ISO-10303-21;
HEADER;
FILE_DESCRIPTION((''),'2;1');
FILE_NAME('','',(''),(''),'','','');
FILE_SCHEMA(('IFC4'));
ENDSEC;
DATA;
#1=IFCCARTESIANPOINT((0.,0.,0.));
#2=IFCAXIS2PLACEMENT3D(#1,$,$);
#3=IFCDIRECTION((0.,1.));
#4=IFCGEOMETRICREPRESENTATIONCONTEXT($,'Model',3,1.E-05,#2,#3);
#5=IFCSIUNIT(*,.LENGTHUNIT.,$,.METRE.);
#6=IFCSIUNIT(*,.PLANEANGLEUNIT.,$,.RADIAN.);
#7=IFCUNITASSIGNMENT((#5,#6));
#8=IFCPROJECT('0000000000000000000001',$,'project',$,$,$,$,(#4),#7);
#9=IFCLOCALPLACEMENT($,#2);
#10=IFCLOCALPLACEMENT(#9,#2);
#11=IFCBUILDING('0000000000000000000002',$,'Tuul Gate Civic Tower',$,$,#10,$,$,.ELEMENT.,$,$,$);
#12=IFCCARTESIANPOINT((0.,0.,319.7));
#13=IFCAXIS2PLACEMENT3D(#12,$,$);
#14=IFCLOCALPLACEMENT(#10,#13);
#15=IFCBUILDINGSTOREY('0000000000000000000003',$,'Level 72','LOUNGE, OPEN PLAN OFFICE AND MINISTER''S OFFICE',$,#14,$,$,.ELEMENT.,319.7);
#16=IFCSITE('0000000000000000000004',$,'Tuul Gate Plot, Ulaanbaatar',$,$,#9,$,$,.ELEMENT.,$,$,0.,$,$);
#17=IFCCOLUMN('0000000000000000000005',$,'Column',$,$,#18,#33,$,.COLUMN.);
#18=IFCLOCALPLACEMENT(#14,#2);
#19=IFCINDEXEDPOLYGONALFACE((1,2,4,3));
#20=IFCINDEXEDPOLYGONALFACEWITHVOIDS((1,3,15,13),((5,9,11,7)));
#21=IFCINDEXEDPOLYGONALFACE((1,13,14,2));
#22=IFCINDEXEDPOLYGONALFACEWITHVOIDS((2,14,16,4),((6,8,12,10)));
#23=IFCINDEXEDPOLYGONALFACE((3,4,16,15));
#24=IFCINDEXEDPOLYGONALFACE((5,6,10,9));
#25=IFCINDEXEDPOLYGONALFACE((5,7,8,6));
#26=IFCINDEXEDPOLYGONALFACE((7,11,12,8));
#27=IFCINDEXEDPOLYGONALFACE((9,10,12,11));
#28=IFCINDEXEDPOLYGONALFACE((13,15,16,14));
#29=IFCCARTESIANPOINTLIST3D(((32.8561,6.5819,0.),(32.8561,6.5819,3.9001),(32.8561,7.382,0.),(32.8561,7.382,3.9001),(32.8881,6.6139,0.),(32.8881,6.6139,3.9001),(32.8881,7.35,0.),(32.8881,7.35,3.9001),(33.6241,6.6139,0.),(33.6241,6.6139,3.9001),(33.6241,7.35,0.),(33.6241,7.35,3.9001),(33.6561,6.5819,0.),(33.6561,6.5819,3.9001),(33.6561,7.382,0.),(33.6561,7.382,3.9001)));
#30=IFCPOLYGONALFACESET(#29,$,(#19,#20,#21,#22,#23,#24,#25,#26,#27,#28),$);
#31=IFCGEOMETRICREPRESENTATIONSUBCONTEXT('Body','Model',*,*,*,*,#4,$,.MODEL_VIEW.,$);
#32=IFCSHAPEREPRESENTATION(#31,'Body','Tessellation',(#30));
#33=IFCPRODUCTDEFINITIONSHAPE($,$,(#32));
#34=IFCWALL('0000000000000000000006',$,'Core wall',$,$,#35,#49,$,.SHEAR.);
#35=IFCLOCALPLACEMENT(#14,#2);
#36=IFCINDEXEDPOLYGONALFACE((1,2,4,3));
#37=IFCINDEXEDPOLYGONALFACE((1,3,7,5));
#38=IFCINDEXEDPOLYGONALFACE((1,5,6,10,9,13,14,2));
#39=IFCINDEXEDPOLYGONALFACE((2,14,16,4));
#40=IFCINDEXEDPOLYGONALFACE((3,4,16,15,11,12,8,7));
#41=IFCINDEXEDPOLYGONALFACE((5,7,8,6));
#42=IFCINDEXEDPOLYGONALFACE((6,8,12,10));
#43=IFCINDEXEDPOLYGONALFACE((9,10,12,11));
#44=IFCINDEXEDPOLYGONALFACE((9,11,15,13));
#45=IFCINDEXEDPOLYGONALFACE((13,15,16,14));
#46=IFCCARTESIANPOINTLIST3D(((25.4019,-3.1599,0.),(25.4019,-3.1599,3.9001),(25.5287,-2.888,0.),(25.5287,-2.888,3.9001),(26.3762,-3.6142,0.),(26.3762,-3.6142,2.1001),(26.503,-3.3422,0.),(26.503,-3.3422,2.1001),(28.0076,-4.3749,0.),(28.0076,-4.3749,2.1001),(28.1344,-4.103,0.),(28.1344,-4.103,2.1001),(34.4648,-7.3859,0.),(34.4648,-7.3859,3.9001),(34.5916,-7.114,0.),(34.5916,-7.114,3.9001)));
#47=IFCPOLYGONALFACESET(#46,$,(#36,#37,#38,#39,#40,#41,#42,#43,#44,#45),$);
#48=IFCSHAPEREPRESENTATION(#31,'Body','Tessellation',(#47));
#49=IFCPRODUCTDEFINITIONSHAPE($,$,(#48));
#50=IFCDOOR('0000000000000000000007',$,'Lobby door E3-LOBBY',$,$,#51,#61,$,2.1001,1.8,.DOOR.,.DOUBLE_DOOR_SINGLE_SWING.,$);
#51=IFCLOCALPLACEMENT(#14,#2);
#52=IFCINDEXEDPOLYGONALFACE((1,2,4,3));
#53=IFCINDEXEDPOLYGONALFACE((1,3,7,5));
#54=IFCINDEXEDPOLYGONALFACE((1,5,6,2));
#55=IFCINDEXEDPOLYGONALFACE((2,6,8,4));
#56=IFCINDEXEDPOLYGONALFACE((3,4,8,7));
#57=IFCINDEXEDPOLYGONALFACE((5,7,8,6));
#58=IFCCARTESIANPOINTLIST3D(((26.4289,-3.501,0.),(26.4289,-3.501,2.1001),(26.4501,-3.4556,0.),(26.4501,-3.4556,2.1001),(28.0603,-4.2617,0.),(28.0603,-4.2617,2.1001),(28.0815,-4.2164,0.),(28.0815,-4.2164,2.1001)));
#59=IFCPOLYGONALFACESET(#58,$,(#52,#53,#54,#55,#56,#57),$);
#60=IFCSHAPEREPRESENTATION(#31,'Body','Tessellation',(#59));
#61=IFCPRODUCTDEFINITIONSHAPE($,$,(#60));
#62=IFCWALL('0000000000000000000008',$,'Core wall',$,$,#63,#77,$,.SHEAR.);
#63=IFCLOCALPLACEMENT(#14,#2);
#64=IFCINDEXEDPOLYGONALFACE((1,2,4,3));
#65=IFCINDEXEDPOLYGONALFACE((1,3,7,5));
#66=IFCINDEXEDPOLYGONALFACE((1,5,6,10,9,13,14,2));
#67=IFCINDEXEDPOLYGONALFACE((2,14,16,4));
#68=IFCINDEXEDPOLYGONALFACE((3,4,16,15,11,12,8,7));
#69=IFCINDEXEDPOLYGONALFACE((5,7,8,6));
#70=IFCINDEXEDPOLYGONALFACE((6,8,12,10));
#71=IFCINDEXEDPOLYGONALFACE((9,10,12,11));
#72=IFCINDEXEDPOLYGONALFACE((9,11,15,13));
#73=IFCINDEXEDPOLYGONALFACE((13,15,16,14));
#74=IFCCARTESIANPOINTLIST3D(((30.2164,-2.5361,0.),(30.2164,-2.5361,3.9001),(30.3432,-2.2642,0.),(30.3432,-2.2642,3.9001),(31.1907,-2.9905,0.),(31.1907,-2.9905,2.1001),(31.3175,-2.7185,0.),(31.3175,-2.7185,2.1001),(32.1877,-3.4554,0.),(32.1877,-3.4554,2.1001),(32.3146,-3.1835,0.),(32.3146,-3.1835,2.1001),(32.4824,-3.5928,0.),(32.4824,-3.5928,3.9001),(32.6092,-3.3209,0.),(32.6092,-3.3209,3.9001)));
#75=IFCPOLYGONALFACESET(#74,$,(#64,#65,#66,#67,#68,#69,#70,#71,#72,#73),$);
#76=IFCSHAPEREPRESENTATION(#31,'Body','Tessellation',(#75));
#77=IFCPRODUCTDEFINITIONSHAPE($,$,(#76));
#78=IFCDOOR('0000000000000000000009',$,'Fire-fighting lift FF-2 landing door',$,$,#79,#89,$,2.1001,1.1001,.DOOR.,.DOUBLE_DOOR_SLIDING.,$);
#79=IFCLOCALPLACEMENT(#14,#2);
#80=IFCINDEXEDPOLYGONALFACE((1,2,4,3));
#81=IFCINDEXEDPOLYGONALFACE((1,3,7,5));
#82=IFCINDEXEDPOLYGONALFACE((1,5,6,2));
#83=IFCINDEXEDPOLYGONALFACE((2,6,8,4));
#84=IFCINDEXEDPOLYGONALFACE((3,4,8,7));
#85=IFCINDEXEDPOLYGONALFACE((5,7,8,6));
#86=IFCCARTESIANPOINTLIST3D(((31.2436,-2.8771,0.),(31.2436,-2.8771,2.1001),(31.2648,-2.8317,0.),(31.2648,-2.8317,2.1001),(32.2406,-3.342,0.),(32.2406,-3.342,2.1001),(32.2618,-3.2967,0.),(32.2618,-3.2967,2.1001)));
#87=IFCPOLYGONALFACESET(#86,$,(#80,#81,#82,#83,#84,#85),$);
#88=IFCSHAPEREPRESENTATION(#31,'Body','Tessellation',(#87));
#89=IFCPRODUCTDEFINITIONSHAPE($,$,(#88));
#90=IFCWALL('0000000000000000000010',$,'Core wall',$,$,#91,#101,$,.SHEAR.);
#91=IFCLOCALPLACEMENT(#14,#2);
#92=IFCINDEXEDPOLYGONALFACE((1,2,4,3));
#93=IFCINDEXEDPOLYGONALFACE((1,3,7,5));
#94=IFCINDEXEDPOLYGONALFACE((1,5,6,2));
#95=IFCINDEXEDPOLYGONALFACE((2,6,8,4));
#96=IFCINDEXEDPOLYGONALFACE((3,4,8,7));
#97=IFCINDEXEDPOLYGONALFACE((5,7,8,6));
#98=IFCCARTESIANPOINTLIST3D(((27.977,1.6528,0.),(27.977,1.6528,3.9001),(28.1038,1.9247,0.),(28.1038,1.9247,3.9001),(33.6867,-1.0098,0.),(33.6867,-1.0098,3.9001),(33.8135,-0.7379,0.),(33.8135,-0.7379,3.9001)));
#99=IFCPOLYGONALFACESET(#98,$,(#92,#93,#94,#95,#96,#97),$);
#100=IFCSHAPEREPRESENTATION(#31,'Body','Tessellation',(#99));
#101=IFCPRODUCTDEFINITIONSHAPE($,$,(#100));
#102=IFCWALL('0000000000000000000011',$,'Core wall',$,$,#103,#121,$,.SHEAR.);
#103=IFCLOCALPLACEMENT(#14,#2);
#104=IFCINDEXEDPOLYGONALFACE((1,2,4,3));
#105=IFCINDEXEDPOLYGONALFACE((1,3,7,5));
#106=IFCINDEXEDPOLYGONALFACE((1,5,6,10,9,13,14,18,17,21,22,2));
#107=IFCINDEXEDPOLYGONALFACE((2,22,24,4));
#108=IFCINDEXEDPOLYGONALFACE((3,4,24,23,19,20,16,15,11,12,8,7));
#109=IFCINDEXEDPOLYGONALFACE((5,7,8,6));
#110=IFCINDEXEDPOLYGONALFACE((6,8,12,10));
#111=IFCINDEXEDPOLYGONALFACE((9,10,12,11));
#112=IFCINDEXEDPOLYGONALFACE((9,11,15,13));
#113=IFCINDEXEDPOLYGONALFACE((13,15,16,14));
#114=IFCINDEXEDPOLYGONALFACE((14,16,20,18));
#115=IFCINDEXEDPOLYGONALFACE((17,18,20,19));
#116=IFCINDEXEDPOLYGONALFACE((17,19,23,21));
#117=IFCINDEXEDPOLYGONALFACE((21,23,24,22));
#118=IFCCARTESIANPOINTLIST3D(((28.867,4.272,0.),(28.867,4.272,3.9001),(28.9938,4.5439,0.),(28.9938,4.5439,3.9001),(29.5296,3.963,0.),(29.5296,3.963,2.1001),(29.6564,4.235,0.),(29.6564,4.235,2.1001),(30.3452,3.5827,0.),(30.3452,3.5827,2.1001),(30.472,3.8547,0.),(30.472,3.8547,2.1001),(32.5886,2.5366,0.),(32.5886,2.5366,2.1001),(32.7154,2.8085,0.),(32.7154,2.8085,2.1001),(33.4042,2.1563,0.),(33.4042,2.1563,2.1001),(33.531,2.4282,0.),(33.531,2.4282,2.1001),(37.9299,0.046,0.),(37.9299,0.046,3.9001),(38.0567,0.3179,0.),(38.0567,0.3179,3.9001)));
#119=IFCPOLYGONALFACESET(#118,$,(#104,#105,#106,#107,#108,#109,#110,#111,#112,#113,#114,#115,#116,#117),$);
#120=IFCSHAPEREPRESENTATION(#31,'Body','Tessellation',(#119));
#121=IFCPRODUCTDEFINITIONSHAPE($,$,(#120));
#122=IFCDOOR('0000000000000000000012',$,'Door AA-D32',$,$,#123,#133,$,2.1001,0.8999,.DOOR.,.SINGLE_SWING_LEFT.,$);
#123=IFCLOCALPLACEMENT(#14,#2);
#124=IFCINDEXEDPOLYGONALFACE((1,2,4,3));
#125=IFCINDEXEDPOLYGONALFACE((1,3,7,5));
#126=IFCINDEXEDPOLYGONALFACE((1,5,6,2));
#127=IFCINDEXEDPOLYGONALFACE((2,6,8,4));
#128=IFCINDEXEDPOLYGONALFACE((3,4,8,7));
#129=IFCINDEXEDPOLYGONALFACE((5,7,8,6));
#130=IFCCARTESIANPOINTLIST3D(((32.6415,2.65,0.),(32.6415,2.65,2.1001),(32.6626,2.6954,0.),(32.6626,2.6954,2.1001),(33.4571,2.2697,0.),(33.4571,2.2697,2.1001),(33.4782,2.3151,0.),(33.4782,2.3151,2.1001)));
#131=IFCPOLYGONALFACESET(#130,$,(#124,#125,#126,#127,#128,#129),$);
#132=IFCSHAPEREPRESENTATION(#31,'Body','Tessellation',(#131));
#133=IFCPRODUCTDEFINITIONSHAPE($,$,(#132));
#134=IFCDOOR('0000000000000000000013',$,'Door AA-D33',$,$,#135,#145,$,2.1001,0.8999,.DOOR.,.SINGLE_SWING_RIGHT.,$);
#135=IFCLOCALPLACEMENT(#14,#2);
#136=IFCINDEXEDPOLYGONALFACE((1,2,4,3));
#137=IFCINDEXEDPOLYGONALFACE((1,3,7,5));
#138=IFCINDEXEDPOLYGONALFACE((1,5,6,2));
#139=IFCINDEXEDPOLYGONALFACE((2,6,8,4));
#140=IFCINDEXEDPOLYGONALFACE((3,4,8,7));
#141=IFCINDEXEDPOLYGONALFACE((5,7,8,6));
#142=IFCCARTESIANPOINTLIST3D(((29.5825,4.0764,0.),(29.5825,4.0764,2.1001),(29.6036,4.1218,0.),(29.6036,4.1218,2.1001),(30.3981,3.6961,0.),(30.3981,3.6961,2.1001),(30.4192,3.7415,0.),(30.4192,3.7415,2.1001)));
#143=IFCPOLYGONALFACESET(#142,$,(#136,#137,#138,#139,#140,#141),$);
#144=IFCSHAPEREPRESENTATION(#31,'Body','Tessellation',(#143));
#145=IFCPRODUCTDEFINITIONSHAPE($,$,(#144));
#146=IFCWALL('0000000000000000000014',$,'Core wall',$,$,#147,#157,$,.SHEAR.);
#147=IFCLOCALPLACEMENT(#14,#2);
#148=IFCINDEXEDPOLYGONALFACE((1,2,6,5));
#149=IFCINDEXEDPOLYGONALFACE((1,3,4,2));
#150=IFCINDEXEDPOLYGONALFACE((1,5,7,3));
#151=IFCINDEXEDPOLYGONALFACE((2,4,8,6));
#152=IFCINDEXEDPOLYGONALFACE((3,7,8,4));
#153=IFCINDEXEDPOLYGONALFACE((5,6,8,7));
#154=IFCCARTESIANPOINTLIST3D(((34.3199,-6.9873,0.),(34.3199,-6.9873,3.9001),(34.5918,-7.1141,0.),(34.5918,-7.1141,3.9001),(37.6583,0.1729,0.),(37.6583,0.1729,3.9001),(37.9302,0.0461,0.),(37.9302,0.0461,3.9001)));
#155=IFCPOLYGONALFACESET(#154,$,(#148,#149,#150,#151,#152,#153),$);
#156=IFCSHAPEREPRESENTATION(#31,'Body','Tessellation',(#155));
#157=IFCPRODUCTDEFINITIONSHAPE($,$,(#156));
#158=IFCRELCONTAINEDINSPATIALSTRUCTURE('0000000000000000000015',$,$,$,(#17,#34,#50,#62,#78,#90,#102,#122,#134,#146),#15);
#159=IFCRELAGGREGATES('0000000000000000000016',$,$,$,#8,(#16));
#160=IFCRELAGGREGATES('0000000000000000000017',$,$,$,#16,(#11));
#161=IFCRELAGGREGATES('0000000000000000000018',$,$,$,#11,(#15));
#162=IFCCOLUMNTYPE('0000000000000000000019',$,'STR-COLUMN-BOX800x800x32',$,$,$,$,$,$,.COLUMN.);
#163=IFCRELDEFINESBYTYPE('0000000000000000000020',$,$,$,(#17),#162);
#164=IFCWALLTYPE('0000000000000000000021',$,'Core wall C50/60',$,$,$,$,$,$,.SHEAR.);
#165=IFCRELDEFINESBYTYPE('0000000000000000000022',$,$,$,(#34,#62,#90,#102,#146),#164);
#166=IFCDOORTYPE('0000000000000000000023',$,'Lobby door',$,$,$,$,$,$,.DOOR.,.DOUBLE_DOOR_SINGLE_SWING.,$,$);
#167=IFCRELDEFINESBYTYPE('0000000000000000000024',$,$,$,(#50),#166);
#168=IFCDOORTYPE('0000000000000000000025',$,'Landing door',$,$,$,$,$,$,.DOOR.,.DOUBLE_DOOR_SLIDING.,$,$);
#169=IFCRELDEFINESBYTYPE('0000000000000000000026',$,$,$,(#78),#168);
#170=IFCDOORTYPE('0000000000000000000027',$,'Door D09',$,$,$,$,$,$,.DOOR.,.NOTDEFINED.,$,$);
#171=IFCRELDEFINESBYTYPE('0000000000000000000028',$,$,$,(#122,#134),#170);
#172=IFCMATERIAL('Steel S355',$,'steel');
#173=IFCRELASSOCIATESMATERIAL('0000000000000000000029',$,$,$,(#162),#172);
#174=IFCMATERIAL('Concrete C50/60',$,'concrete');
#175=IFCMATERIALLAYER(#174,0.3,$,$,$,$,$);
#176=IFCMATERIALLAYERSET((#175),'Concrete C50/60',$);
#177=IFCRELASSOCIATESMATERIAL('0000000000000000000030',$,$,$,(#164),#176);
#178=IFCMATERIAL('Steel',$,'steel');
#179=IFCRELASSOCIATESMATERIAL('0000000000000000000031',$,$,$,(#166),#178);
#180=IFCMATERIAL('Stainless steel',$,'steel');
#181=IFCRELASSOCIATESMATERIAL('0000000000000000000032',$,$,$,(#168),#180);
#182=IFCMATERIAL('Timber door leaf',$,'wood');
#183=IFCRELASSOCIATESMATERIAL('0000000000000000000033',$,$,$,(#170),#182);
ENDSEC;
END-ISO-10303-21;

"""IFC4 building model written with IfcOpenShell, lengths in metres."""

from ifc_helpers import new_model, si_unit, direction, frame, frame_2d, origin, origin_2d, place, context, subcontext, project, spatial, rectangle, hollow_rectangle, extrude, material, layer, layer_set, material_profile, profile_set, type_object, element, fill, save


model = new_model("IFC4")

# Units and contexts
model_context = context("Model", 3, precision=1e-05, world=origin(), true_north=direction((0.0, 1.0)))
body_context = subcontext(model_context, "Body", "Model", "MODEL_VIEW")
ifc_project = project(units=[si_unit("LENGTHUNIT", "METRE"), si_unit("PLANEANGLEUNIT", "RADIAN")], contexts=[model_context])

# Site, building, storey
site_placement = place(None, origin())
site = spatial("IfcSite", under=ifc_project, at=site_placement, Name="Tuul Gate Plot, Ulaanbaatar", CompositionType="ELEMENT", RefElevation=0.0)
building_placement = place(site_placement, origin())
building = spatial("IfcBuilding", under=site, at=building_placement, Name="Tuul Gate Civic Tower", CompositionType="ELEMENT")
storey_placement = place(building_placement, frame((0.0, 0.0, 319.7)))
storey = spatial("IfcBuildingStorey", under=building, at=storey_placement, Name="Level 72", Description="LOUNGE, OPEN PLAN OFFICE AND MINISTER'S OFFICE", CompositionType="ELEMENT", Elevation=319.7)

# Column
ifc_material_1 = material(Name="Steel S355", Category="steel")
ifc_material_profile = material_profile(ifc_material_1, hollow_rectangle(XDim=0.8, YDim=0.8, WallThickness=0.032, at=origin_2d()), Name="BOX800x800x32")
ifc_profile_set = profile_set([ifc_material_profile], Name="Steel S355")
column_type = type_object("IfcColumnType", Name="STR-COLUMN-BOX800x800x32", PredefinedType="COLUMN", material=ifc_profile_set)
column_placement = place(storey_placement, frame((33.2561, 6.9819, 0.0), z_axis=(0.0, 0.0, 1.0), x_axis=(1.0, 0.0, 0.0)))
element("IfcColumn", 1, at=column_placement, inside=storey, type_object=column_type, Name="Column", PredefinedType="COLUMN", context=body_context, shape_type="SweptSolid", body=[
    extrude(hollow_rectangle(XDim=0.8, YDim=0.8, WallThickness=0.032, at=origin_2d()), origin(), (0.0, 0.0, 1.0), 3.9001),
])

# Walls, openings, doors
ifc_material_2 = material(Name="Concrete C50/60", Category="concrete")
ifc_layer_1 = layer(ifc_material_2, 0.3)
ifc_layer_set_1 = layer_set([ifc_layer_1], Name="Concrete C50/60")
wall_type_1 = type_object("IfcWallType", Name="Core wall C50/60", PredefinedType="SHEAR", material=ifc_layer_set_1)
wall_1_placement = place(storey_placement, frame((34.5283, -7.25, 0.0), z_axis=(0.0, 0.0, 1.0), x_axis=(-0.90631, 0.422613, 0.0)))
wall_1 = element("IfcWall", 2, at=wall_1_placement, inside=storey, type_object=wall_type_1, Name="Core wall", PredefinedType="SHEAR", context=body_context, shape_type="SweptSolid", body=[
    extrude(rectangle(XDim=9.9998, YDim=0.3, at=frame_2d((5.0, 0.0))), origin(), (0.0, 0.0, 1.0), 3.9001),
])
opening_1_placement = place(wall_1_placement, frame((7.125, 0.0, 0.0)))
opening_1 = element("IfcOpeningElement", 3, at=opening_1_placement, cuts=wall_1, PredefinedType="OPENING", context=body_context, shape_type="SweptSolid", body=[
    extrude(rectangle(XDim=1.8, YDim=2.1001, at=frame_2d((0.8999, 1.05))), frame((0.0, 0.1602, 0.0), z_axis=(0.0, -1.0, 0.0), x_axis=(1.0, 0.0, 0.0)), (0.0, 0.0, 1.0), 0.3201),
])
ifc_material_3 = material(Name="Steel", Category="steel")
door_type_1 = type_object("IfcDoorType", Name="Lobby door", OperationType="DOUBLE_DOOR_SINGLE_SWING", PredefinedType="DOOR", material=ifc_material_3)
door_1_placement = place(opening_1_placement, frame((1.8, 0.0, 0.0), z_axis=(0.0, 0.0, 1.0), x_axis=(-1.0, 0.0, 0.0)))
door_1 = element("IfcDoor", 4, at=door_1_placement, inside=storey, type_object=door_type_1, Name="Lobby door E3-LOBBY", OperationType="DOUBLE_DOOR_SINGLE_SWING", OverallHeight=2.1001, OverallWidth=1.8, PredefinedType="DOOR", context=body_context, shape_type="SweptSolid", body=[
    extrude(rectangle(XDim=1.8, YDim=2.1001, at=frame_2d((0.9001, 1.05))), frame((0.0, 0.0249, 0.0), z_axis=(0.0, -1.0, 0.0), x_axis=(1.0, 0.0, 0.0)), (0.0, 0.0, 1.0), 0.05),
])
fill(opening_1, door_1)
wall_2_placement = place(storey_placement, frame((32.5457, -3.4568, 0.0), z_axis=(0.0, 0.0, 1.0), x_axis=(-0.9063, 0.422634, 0.0)))
wall_2 = element("IfcWall", 5, at=wall_2_placement, inside=storey, type_object=wall_type_1, Name="Core wall", PredefinedType="SHEAR", context=body_context, shape_type="SweptSolid", body=[
    extrude(rectangle(XDim=2.5002, YDim=0.3, at=frame_2d((1.25, 0.0))), origin(), (0.0, 0.0, 1.0), 3.9001),
])
opening_2_placement = place(wall_2_placement, frame((0.325, 0.0, 0.0)))
opening_2 = element("IfcOpeningElement", 6, at=opening_2_placement, cuts=wall_2, PredefinedType="OPENING", context=body_context, shape_type="SweptSolid", body=[
    extrude(rectangle(XDim=1.1001, YDim=2.1001, at=frame_2d((0.55, 1.05))), frame((0.0, 0.1602, 0.0), z_axis=(0.0, -1.0, 0.0), x_axis=(1.0, 0.0, 0.0)), (0.0, 0.0, 1.0), 0.3201),
])
ifc_material_4 = material(Name="Stainless steel", Category="steel")
door_type_2 = type_object("IfcDoorType", Name="Landing door", OperationType="DOUBLE_DOOR_SLIDING", PredefinedType="DOOR", material=ifc_material_4)
door_2_placement = place(opening_2_placement, origin())
door_2 = element("IfcDoor", 7, at=door_2_placement, inside=storey, type_object=door_type_2, Name="Fire-fighting lift FF-2 landing door", OperationType="DOUBLE_DOOR_SLIDING", OverallHeight=2.1001, OverallWidth=1.1001, PredefinedType="DOOR", context=body_context, shape_type="SweptSolid", body=[
    extrude(rectangle(XDim=1.1001, YDim=2.1001, at=frame_2d((0.55, 1.05))), frame((0.0, 0.0249, 0.0), z_axis=(0.0, -1.0, 0.0), x_axis=(1.0, 0.0, 0.0)), (0.0, 0.0, 1.0), 0.05),
])
fill(opening_2, door_2)

# Wall
wall_3_placement = place(storey_placement, frame((33.75, -0.8738, 0.0), z_axis=(0.0, 0.0, 1.0), x_axis=(-0.906301, 0.422633, 0.0)))
element("IfcWall", 8, at=wall_3_placement, inside=storey, type_object=wall_type_1, Name="Core wall", PredefinedType="SHEAR", context=body_context, shape_type="SweptSolid", body=[
    extrude(rectangle(XDim=6.3, YDim=0.3, at=frame_2d((3.1499, 0.0))), origin(), (0.0, 0.0, 1.0), 3.9001),
])

# Wall, openings, doors
wall_4_placement = place(storey_placement, frame((37.9934, 0.1819, 0.0), z_axis=(0.0, 0.0, 1.0), x_axis=(-0.90631, 0.422613, 0.0)))
wall_4 = element("IfcWall", 9, at=wall_4_placement, inside=storey, type_object=wall_type_1, Name="Core wall", PredefinedType="SHEAR", context=body_context, shape_type="SweptSolid", body=[
    extrude(rectangle(XDim=9.9998, YDim=0.3, at=frame_2d((5.0, 0.0))), origin(), (0.0, 0.0, 1.0), 3.9001),
])
opening_3_placement = place(wall_4_placement, frame((4.9937, 0.0, 0.0)))
opening_3 = element("IfcOpeningElement", 10, at=opening_3_placement, cuts=wall_4, PredefinedType="OPENING", context=body_context, shape_type="SweptSolid", body=[
    extrude(rectangle(XDim=0.8999, YDim=2.1001, at=frame_2d((0.45, 1.05))), frame((0.0, 0.1602, 0.0), z_axis=(0.0, -1.0, 0.0), x_axis=(1.0, 0.0, 0.0)), (0.0, 0.0, 1.0), 0.3201),
])
opening_4_placement = place(wall_4_placement, frame((8.3689, 0.0, 0.0)))
opening_4 = element("IfcOpeningElement", 11, at=opening_4_placement, cuts=wall_4, PredefinedType="OPENING", context=body_context, shape_type="SweptSolid", body=[
    extrude(rectangle(XDim=0.8999, YDim=2.1001, at=frame_2d((0.45, 1.05))), frame((0.0, 0.1602, 0.0), z_axis=(0.0, -1.0, 0.0), x_axis=(1.0, 0.0, 0.0)), (0.0, 0.0, 1.0), 0.3201),
])
ifc_material_5 = material(Name="Timber door leaf", Category="wood")
door_type_3 = type_object("IfcDoorType", Name="Door D09", OperationType="NOTDEFINED", PredefinedType="DOOR", material=ifc_material_5)
door_3_placement = place(opening_3_placement, origin())
door_3 = element("IfcDoor", 12, at=door_3_placement, inside=storey, type_object=door_type_3, Name="Door AA-D32", OperationType="SINGLE_SWING_LEFT", OverallHeight=2.1001, OverallWidth=0.8999, PredefinedType="DOOR", context=body_context, shape_type="SweptSolid", body=[
    extrude(rectangle(XDim=0.8999, YDim=2.1001, at=frame_2d((0.45, 1.05))), frame((0.0, 0.0249, 0.0), z_axis=(0.0, -1.0, 0.0), x_axis=(1.0, 0.0, 0.0)), (0.0, 0.0, 1.0), 0.05),
])
fill(opening_3, door_3)
door_4_placement = place(opening_4_placement, origin())
door_4 = element("IfcDoor", 13, at=door_4_placement, inside=storey, type_object=door_type_3, Name="Door AA-D33", OperationType="SINGLE_SWING_RIGHT", OverallHeight=2.1001, OverallWidth=0.8999, PredefinedType="DOOR", context=body_context, shape_type="SweptSolid", body=[
    extrude(rectangle(XDim=0.8999, YDim=2.1001, at=frame_2d((0.45, 1.05))), frame((0.0, 0.0249, 0.0), z_axis=(0.0, -1.0, 0.0), x_axis=(1.0, 0.0, 0.0)), (0.0, 0.0, 1.0), 0.05),
])
fill(opening_4, door_4)

# Wall
wall_5_placement = place(storey_placement, frame((34.4558, -7.0508, 0.0), z_axis=(0.0, 0.0, 1.0), x_axis=(0.422571, 0.90633, 0.0)))
element("IfcWall", 14, at=wall_5_placement, inside=storey, type_object=wall_type_1, Name="Core wall", PredefinedType="SHEAR", context=body_context, shape_type="SweptSolid", body=[
    extrude(rectangle(XDim=7.9001, YDim=0.3, at=frame_2d((3.9502, 0.0))), origin(), (0.0, 0.0, 1.0), 3.9001),
])

save(model, "model.ifc")
